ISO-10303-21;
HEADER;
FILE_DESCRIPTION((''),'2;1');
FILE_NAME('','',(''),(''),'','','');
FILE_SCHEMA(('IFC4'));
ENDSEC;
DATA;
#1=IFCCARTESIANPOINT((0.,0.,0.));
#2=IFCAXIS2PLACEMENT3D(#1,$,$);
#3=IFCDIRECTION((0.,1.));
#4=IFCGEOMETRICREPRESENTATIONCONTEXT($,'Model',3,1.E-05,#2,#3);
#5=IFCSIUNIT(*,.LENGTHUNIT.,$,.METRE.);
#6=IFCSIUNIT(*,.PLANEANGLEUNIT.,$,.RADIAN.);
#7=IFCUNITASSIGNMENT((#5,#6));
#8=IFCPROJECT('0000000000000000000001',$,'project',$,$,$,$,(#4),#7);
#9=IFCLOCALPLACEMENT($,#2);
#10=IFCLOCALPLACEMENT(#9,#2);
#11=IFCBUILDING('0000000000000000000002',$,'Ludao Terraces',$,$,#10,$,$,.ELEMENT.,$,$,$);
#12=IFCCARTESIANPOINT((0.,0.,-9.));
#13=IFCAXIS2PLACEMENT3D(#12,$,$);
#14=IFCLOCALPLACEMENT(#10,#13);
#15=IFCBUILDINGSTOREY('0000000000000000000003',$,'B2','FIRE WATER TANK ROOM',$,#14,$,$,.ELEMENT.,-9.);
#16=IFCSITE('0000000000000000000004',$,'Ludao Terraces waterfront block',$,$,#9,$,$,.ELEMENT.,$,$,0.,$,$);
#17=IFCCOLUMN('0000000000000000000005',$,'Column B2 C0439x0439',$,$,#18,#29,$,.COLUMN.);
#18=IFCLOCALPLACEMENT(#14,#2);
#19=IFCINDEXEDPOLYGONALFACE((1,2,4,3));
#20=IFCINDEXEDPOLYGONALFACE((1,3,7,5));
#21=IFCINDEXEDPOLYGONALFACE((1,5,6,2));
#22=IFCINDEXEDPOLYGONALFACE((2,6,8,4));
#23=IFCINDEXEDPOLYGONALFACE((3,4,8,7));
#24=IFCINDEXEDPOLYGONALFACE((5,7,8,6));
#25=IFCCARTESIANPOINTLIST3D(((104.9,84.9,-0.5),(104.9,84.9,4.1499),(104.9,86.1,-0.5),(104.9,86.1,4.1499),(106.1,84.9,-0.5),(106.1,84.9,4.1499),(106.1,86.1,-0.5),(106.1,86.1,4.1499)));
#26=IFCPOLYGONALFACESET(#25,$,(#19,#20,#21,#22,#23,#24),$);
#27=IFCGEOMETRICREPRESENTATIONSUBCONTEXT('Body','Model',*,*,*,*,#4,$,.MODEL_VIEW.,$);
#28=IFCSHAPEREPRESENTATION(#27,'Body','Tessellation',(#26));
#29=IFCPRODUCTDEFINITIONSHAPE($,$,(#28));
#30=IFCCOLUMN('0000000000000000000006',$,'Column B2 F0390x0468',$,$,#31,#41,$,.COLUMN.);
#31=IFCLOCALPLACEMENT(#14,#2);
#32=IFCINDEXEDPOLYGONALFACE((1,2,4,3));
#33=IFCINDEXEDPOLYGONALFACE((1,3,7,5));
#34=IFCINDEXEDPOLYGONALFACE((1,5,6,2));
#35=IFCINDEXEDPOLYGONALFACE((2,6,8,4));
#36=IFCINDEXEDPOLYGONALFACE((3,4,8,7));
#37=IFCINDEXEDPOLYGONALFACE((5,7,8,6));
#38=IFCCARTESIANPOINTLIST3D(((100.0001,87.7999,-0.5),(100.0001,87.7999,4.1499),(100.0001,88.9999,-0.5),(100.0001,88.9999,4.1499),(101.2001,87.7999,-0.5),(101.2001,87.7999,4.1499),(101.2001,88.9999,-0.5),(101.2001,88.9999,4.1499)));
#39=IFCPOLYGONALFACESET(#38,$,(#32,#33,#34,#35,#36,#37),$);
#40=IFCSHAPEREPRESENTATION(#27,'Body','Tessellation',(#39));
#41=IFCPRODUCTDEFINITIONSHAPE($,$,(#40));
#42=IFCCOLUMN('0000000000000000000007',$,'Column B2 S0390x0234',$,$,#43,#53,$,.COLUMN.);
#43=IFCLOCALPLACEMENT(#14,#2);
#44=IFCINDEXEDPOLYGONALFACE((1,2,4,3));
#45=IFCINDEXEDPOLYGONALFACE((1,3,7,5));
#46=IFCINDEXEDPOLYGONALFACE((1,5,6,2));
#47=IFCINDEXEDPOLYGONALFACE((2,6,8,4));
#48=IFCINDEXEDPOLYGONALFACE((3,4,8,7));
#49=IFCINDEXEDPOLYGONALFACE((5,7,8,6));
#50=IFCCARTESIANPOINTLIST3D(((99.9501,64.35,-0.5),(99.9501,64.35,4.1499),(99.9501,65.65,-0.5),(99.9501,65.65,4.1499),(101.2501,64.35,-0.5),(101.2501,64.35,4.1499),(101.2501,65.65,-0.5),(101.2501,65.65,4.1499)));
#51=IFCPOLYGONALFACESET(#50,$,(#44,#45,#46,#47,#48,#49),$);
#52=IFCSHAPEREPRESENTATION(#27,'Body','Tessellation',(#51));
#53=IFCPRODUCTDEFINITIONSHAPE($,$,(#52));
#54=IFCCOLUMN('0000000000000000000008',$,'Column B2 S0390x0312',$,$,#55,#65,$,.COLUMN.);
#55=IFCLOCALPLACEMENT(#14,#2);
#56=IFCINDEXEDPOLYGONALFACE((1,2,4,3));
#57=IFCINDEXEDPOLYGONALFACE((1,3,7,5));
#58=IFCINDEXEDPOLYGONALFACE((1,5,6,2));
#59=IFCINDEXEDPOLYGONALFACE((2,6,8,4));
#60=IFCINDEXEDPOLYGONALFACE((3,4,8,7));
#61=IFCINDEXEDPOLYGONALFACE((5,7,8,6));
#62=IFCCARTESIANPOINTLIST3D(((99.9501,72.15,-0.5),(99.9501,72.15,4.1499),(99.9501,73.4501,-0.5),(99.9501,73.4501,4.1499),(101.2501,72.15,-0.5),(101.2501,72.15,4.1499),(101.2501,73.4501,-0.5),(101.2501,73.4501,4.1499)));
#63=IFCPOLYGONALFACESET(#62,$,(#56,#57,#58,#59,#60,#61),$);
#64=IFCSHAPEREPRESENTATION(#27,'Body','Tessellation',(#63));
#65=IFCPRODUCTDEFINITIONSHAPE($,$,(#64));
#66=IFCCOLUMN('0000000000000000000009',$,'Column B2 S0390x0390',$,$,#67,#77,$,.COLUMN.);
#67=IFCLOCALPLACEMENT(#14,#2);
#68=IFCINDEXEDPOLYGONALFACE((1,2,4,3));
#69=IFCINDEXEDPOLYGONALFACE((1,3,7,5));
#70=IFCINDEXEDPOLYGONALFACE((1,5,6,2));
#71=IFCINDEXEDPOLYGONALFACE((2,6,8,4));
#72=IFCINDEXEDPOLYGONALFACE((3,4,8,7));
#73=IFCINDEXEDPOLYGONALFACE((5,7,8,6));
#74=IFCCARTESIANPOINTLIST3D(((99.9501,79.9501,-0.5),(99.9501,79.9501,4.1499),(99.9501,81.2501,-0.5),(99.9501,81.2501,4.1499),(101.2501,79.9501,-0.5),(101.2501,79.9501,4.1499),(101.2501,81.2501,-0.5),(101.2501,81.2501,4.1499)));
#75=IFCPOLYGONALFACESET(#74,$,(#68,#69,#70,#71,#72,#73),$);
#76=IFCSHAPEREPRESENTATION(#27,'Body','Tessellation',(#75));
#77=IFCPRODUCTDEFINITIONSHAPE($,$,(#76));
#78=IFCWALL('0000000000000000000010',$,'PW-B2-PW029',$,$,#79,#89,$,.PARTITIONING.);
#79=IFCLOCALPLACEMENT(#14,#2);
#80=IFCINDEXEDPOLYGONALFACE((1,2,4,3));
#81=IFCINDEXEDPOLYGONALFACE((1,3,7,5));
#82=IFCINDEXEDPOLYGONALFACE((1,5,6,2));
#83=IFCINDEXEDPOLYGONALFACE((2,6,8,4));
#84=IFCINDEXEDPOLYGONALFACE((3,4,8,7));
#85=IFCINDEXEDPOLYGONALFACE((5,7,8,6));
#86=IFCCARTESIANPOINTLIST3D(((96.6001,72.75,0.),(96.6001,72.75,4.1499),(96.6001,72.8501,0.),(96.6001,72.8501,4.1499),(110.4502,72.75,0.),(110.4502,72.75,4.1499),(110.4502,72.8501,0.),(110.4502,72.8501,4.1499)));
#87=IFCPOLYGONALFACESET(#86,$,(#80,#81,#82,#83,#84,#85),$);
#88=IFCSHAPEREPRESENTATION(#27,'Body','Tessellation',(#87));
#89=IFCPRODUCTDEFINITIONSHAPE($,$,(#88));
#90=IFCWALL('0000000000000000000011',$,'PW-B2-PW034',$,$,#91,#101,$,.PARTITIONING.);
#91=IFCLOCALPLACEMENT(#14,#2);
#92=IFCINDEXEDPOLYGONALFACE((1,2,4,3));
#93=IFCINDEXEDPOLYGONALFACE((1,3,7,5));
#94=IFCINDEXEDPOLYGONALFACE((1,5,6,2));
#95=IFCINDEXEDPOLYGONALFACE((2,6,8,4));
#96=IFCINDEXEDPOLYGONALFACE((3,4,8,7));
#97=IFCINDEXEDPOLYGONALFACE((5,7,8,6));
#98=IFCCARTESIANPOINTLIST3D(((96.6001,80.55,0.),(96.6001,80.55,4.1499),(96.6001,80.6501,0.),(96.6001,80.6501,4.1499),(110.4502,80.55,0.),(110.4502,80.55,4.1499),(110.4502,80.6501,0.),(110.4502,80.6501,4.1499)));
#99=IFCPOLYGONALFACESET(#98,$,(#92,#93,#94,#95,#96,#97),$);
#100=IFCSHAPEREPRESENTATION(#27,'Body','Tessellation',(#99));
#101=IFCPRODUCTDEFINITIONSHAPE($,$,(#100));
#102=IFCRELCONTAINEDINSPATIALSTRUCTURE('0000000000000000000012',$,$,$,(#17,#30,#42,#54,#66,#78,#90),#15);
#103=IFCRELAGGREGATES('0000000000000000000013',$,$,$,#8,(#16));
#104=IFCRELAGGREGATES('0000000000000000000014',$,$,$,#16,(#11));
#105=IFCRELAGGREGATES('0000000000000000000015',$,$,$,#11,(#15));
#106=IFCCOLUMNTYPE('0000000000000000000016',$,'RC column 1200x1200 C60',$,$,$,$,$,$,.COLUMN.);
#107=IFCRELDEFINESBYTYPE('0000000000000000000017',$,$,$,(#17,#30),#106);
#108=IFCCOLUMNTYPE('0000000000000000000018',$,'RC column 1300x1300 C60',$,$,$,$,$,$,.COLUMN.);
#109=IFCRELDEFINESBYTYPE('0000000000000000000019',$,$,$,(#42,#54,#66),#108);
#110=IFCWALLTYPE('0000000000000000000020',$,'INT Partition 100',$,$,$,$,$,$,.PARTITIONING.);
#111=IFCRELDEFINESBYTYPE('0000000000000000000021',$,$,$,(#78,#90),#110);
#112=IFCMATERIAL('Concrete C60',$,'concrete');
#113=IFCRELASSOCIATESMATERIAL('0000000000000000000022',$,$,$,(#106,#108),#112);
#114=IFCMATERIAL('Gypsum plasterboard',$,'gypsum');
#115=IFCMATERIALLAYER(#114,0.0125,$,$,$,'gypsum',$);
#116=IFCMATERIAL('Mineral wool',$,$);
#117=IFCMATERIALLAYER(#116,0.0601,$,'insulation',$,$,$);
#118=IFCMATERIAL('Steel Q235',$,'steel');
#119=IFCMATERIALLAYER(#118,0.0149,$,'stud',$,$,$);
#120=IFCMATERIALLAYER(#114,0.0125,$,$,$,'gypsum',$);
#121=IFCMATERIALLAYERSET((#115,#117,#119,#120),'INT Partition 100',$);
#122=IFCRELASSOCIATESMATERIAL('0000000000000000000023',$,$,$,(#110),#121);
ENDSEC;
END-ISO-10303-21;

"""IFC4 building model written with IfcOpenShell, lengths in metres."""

from ifc_helpers import new_model, si_unit, direction, frame, frame_2d, origin, origin_2d, place, context, subcontext, project, spatial, rectangle, extrude, material, layer, layer_set, material_profile, profile_set, type_object, element, save


model = new_model("IFC4")

# Units and contexts
model_context = context("Model", 3, precision=1e-05, world=origin(), true_north=direction((0.0, 1.0)))
body_context = subcontext(model_context, "Body", "Model", "MODEL_VIEW")
ifc_project = project(units=[si_unit("LENGTHUNIT", "METRE"), si_unit("PLANEANGLEUNIT", "RADIAN")], contexts=[model_context])

# Site, building, storey
site_placement = place(None, origin())
site = spatial("IfcSite", under=ifc_project, at=site_placement, Name="Ludao Terraces waterfront block", CompositionType="ELEMENT", RefElevation=0.0)
building_placement = place(site_placement, origin())
building = spatial("IfcBuilding", under=site, at=building_placement, Name="Ludao Terraces", CompositionType="ELEMENT")
storey_placement = place(building_placement, frame((0.0, 0.0, -9.0)))
storey = spatial("IfcBuildingStorey", under=building, at=storey_placement, Name="B2", Description="FIRE WATER TANK ROOM", CompositionType="ELEMENT", Elevation=-9.0)

# Columns
ifc_material_1 = material(Name="Concrete C60", Category="concrete")
ifc_material_profile_1 = material_profile(ifc_material_1, rectangle(XDim=1.2, YDim=1.2, at=origin_2d()), Name="1200 X 1200")
ifc_profile_set_1 = profile_set([ifc_material_profile_1], Name="Concrete C60")
column_type_1 = type_object("IfcColumnType", Name="RC column 1200x1200 C60", PredefinedType="COLUMN", material=ifc_profile_set_1)
for number, where, z_axis, x_axis, name in (
    (1, (105.5, 85.5, -0.5), (0.0, 0.0, 1.0), (1.0, 0.0, 0.0), "Column B2 C0439x0439"),
    (2, (100.6001, 88.3999, -0.5), (0.0, 0.0, 1.0), (1.0, 0.0, 0.0), "Column B2 F0390x0468"),
):
    element("IfcColumn", number, at=place(storey_placement, frame(where, z_axis=z_axis, x_axis=x_axis)), inside=storey, type_object=column_type_1, Name=name, PredefinedType="COLUMN", context=body_context, shape_type="SweptSolid", body=[
        extrude(rectangle(XDim=1.2, YDim=1.2, at=origin_2d()), origin(), (0.0, 0.0, 1.0), 4.6499),
    ])
ifc_material_profile_2 = material_profile(ifc_material_1, rectangle(XDim=1.3, YDim=1.3, at=origin_2d()), Name="1300 X 1300")
ifc_profile_set_2 = profile_set([ifc_material_profile_2], Name="Concrete C60")
column_type_2 = type_object("IfcColumnType", Name="RC column 1300x1300 C60", PredefinedType="COLUMN", material=ifc_profile_set_2)
for number, where, z_axis, x_axis, name in (
    (3, (100.6001, 65.0, -0.5), (0.0, 0.0, 1.0), (1.0, 0.0, 0.0), "Column B2 S0390x0234"),
    (4, (100.6001, 72.8, -0.5), (0.0, 0.0, 1.0), (1.0, 0.0, 0.0), "Column B2 S0390x0312"),
    (5, (100.6001, 80.6001, -0.5), (0.0, 0.0, 1.0), (1.0, 0.0, 0.0), "Column B2 S0390x0390"),
):
    element("IfcColumn", number, at=place(storey_placement, frame(where, z_axis=z_axis, x_axis=x_axis)), inside=storey, type_object=column_type_2, Name=name, PredefinedType="COLUMN", context=body_context, shape_type="SweptSolid", body=[
        extrude(rectangle(XDim=1.3, YDim=1.3, at=origin_2d()), origin(), (0.0, 0.0, 1.0), 4.6499),
    ])

# Walls
ifc_material_2 = material(Name="Gypsum plasterboard", Category="gypsum")
ifc_layer_1 = layer(ifc_material_2, 0.0125, Category="gypsum")
ifc_material_3 = material(Name="Mineral wool")
ifc_layer_2 = layer(ifc_material_3, 0.0601, Name="insulation")
ifc_material_4 = material(Name="Steel Q235", Category="steel")
ifc_layer_3 = layer(ifc_material_4, 0.0149, Name="stud")
ifc_layer_4 = layer(ifc_material_2, 0.0125, Category="gypsum")
ifc_layer_set = layer_set([ifc_layer_1, ifc_layer_2, ifc_layer_3, ifc_layer_4], Name="INT Partition 100")
wall_type = type_object("IfcWallType", Name="INT Partition 100", PredefinedType="PARTITIONING", material=ifc_layer_set)
for number, where, z_axis, x_axis, name in (
    (6, (96.6001, 72.8, 0.0), (0.0, 0.0, 1.0), (1.0, 0.0, 0.0), "PW-B2-PW029"),
    (7, (96.6001, 80.6001, 0.0), (0.0, 0.0, 1.0), (1.0, 0.0, 0.0), "PW-B2-PW034"),
):
    element("IfcWall", number, at=place(storey_placement, frame(where, z_axis=z_axis, x_axis=x_axis)), inside=storey, type_object=wall_type, Name=name, PredefinedType="PARTITIONING", context=body_context, shape_type="SweptSolid", body=[
        extrude(rectangle(XDim=13.8501, YDim=0.1001, at=frame_2d((6.925, 0.0))), origin(), (0.0, 0.0, 1.0), 4.1499),
    ])

save(model, "model.ifc")
